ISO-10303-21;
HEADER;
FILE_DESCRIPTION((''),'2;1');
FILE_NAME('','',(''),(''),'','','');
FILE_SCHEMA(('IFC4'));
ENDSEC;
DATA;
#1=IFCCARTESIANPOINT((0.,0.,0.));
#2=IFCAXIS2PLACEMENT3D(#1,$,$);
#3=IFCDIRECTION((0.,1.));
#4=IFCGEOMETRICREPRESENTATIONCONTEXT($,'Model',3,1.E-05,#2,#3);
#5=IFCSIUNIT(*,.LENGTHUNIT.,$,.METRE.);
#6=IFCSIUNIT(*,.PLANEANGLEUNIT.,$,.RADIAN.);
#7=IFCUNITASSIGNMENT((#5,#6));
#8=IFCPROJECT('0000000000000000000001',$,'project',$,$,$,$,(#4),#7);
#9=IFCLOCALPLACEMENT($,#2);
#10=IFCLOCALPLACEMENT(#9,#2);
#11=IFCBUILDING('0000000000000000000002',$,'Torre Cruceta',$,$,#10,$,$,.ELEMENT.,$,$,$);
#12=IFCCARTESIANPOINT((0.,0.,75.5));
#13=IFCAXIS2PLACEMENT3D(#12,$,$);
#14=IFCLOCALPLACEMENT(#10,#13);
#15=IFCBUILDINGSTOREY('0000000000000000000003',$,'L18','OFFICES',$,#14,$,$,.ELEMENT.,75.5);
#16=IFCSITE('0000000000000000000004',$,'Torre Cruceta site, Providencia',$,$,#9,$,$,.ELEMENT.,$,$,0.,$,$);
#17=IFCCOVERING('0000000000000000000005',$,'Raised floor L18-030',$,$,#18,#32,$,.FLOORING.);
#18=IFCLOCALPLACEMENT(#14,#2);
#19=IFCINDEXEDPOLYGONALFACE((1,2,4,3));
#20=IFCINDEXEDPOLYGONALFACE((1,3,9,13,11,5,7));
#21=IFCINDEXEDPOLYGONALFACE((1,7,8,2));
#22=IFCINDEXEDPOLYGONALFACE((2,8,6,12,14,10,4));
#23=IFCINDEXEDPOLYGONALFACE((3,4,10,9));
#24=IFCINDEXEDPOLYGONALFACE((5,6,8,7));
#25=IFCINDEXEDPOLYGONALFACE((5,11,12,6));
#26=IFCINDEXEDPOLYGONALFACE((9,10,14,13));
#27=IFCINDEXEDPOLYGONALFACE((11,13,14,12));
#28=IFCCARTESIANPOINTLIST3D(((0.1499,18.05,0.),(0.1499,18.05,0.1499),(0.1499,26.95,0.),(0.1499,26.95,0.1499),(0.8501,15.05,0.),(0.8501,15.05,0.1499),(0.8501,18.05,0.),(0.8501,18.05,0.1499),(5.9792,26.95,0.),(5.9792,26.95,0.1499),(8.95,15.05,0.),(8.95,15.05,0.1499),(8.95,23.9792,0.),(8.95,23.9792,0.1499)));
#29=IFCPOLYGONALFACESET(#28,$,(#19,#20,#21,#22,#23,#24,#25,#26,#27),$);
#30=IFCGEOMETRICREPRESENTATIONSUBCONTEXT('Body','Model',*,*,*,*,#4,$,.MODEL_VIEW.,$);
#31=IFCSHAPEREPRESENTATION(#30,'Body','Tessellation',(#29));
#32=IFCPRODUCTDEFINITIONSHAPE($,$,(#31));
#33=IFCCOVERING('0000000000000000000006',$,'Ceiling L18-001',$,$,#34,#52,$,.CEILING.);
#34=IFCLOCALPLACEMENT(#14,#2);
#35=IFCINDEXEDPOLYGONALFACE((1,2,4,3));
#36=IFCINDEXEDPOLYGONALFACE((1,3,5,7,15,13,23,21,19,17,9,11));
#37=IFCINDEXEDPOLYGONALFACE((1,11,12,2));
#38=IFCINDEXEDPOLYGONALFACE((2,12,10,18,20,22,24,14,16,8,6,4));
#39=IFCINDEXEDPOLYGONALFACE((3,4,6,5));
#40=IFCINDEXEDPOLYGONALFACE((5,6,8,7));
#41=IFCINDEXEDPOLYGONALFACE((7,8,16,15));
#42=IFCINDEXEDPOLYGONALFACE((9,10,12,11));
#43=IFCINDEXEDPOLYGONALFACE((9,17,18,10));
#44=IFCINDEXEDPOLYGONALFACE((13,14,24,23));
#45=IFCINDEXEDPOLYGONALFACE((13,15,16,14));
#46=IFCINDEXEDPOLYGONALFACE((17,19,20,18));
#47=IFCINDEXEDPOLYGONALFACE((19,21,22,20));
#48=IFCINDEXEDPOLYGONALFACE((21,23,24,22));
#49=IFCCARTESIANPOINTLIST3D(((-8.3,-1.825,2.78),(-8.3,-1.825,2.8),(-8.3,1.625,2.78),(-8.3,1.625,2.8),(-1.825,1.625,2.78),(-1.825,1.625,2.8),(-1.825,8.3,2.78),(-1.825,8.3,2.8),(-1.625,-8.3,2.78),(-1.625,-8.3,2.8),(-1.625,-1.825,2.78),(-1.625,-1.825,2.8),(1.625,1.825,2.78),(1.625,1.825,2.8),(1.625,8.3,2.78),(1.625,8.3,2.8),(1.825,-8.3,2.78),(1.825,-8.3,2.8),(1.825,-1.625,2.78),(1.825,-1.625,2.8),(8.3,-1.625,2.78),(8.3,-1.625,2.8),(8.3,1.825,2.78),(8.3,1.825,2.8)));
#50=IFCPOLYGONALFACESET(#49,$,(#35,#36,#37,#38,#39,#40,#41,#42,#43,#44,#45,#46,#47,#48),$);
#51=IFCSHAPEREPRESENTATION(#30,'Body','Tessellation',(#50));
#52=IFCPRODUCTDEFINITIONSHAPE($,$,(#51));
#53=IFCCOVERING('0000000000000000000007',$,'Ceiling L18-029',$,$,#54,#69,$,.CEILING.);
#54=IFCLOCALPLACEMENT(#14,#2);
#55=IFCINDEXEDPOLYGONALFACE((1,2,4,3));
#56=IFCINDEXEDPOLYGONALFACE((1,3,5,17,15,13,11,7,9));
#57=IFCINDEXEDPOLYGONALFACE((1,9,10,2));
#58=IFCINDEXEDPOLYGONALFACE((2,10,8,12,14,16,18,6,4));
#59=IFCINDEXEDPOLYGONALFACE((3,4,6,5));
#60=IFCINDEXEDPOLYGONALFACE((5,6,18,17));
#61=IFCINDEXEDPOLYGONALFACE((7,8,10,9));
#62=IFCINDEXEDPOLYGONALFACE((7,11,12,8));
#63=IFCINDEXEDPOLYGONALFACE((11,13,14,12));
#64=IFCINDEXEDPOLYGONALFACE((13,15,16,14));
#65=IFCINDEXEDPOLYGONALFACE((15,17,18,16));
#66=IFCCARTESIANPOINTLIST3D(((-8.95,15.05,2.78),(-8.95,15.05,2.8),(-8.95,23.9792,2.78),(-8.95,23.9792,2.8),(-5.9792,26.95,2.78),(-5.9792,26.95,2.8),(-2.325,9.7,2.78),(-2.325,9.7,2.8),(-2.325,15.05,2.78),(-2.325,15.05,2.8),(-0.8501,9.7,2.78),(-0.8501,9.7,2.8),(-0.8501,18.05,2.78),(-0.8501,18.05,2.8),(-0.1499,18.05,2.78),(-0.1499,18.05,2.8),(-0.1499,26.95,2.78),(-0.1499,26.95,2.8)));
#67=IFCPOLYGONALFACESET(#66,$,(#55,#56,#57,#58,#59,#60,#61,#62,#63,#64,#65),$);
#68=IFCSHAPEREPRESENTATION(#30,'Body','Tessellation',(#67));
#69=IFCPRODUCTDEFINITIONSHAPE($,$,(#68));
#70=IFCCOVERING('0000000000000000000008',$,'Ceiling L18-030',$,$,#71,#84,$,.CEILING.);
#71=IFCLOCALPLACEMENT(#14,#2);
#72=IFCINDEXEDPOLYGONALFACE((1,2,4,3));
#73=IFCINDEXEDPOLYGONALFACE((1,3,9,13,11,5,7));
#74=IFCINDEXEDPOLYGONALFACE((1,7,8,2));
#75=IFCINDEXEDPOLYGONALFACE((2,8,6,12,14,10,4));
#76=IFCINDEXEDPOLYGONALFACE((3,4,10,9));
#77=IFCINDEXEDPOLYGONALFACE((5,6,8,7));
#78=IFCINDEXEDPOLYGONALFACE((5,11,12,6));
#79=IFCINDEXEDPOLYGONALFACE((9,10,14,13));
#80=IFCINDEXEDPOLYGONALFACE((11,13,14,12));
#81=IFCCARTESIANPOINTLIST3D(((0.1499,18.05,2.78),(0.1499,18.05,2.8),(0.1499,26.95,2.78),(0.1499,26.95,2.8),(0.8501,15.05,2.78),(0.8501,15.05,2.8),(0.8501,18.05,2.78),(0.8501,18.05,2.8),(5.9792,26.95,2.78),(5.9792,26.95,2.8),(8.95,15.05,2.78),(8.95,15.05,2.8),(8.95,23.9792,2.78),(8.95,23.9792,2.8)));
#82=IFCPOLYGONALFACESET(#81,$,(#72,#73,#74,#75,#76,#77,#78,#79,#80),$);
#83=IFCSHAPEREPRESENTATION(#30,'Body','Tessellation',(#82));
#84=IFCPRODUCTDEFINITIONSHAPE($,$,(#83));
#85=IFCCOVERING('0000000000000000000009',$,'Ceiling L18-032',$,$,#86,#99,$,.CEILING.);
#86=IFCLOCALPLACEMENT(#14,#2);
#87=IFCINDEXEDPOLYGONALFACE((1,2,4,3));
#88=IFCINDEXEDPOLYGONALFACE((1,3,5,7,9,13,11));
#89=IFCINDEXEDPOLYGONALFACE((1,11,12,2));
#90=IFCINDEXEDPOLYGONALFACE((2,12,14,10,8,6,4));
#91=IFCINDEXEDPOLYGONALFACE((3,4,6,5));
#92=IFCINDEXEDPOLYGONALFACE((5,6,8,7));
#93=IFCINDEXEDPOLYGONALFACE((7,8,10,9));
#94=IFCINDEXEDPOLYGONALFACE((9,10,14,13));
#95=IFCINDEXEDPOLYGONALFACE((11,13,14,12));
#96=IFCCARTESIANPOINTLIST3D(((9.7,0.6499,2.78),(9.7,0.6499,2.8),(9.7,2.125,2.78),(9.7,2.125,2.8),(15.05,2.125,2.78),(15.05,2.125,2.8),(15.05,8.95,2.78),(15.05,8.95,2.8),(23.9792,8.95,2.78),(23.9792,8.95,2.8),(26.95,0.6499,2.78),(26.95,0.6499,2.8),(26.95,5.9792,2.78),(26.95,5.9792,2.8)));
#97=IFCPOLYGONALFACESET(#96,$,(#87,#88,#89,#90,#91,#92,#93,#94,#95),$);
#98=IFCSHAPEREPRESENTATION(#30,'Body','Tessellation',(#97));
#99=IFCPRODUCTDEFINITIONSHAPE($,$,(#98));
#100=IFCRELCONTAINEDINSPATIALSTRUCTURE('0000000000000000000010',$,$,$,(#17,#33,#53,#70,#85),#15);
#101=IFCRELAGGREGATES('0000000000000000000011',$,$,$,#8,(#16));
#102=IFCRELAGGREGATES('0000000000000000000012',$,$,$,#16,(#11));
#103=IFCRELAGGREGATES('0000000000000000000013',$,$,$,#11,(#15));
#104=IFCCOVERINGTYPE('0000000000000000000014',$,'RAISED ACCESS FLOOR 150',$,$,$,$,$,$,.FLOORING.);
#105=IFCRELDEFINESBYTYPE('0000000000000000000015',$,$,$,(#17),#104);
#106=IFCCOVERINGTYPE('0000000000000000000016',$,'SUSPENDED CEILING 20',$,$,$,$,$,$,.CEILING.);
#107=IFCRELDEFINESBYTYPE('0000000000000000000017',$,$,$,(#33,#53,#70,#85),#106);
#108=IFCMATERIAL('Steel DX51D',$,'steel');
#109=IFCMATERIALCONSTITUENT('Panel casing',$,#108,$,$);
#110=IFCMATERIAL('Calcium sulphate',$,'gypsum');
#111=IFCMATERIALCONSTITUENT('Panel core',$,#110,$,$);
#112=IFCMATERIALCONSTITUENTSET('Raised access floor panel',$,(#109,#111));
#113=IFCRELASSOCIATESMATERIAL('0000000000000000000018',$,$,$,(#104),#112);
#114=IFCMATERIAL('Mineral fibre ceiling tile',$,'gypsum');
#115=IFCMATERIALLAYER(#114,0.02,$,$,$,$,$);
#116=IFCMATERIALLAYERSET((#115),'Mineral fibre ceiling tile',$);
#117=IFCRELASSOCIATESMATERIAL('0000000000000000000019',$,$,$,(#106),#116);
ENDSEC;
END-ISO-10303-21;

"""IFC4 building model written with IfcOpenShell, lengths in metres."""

from ifc_helpers import new_model, si_unit, direction, frame, origin, place, context, subcontext, project, spatial, polyline, outline, extrude, material, layer, layer_set, constituent, constituent_set, type_object, element, save


model = new_model("IFC4")

# Units and contexts
model_context = context("Model", 3, precision=1e-05, world=origin(), true_north=direction((0.0, 1.0)))
body_context = subcontext(model_context, "Body", "Model", "MODEL_VIEW")
ifc_project = project(units=[si_unit("LENGTHUNIT", "METRE"), si_unit("PLANEANGLEUNIT", "RADIAN")], contexts=[model_context])

# Site, building, storey
site_placement = place(None, origin())
site = spatial("IfcSite", under=ifc_project, at=site_placement, Name="Torre Cruceta site, Providencia", CompositionType="ELEMENT", RefElevation=0.0)
building_placement = place(site_placement, origin())
building = spatial("IfcBuilding", under=site, at=building_placement, Name="Torre Cruceta", CompositionType="ELEMENT")
storey_placement = place(building_placement, frame((0.0, 0.0, 75.5)))
storey = spatial("IfcBuildingStorey", under=building, at=storey_placement, Name="L18", Description="OFFICES", CompositionType="ELEMENT", Elevation=75.5)

# Coverings
ifc_material_1 = material(Name="Steel DX51D", Category="steel")
ifc_constituent_1 = constituent(ifc_material_1, Name="Panel casing")
ifc_material_2 = material(Name="Calcium sulphate", Category="gypsum")
ifc_constituent_2 = constituent(ifc_material_2, Name="Panel core")
ifc_constituent_set_1 = constituent_set(constituents=[ifc_constituent_1, ifc_constituent_2], Name="Raised access floor panel")
covering_type_1 = type_object("IfcCoveringType", Name="RAISED ACCESS FLOOR 150", PredefinedType="FLOORING", material=ifc_constituent_set_1)
covering_1_placement = place(storey_placement, origin())
element("IfcCovering", 1, at=covering_1_placement, inside=storey, type_object=covering_type_1, Name="Raised floor L18-030", PredefinedType="FLOORING", context=body_context, shape_type="SweptSolid", body=[
    extrude(outline(polyline([(5.9792, 26.95), (8.95, 23.9792), (8.95, 15.05), (0.8501, 15.05), (0.8501, 18.05), (0.1499, 18.05), (0.1499, 26.95), (5.9792, 26.95)])), origin(), (0.0, 0.0, 1.0), 0.1499),
])
ifc_material_3 = material(Name="Mineral fibre ceiling tile", Category="gypsum")
ifc_layer_1 = layer(ifc_material_3, 0.02)
ifc_layer_set_1 = layer_set([ifc_layer_1], Name="Mineral fibre ceiling tile")
covering_type_2 = type_object("IfcCoveringType", Name="SUSPENDED CEILING 20", PredefinedType="CEILING", material=ifc_layer_set_1)
covering_2_placement = place(storey_placement, frame((0.0, 0.0, 2.78)))
element("IfcCovering", 2, at=covering_2_placement, inside=storey, type_object=covering_type_2, Name="Ceiling L18-001", PredefinedType="CEILING", context=body_context, shape_type="SweptSolid", body=[
    extrude(outline(polyline([(-1.625, -8.3), (-1.625, -1.825), (-8.3, -1.825), (-8.3, 1.625), (-1.825, 1.625), (-1.825, 8.3), (1.625, 8.3), (1.625, 1.825), (8.3, 1.825), (8.3, -1.625), (1.825, -1.625), (1.825, -8.3), (-1.625, -8.3)])), origin(), (0.0, 0.0, 1.0), 0.02),
])
covering_3_placement = place(storey_placement, frame((0.0, 0.0, 2.78)))
element("IfcCovering", 3, at=covering_3_placement, inside=storey, type_object=covering_type_2, Name="Ceiling L18-029", PredefinedType="CEILING", context=body_context, shape_type="SweptSolid", body=[
    extrude(outline(polyline([(-0.1499, 26.95), (-0.1499, 18.05), (-0.8501, 18.05), (-0.8501, 9.7), (-2.325, 9.7), (-2.325, 15.05), (-8.95, 15.05), (-8.95, 23.9792), (-5.9792, 26.95), (-0.1499, 26.95)])), origin(), (0.0, 0.0, 1.0), 0.02),
])
covering_4_placement = place(storey_placement, frame((0.0, 0.0, 2.78)))
element("IfcCovering", 4, at=covering_4_placement, inside=storey, type_object=covering_type_2, Name="Ceiling L18-030", PredefinedType="CEILING", context=body_context, shape_type="SweptSolid", body=[
    extrude(outline(polyline([(5.9792, 26.95), (8.95, 23.9792), (8.95, 15.05), (0.8501, 15.05), (0.8501, 18.05), (0.1499, 18.05), (0.1499, 26.95), (5.9792, 26.95)])), origin(), (0.0, 0.0, 1.0), 0.02),
])
covering_5_placement = place(storey_placement, frame((0.0, 0.0, 2.78)))
element("IfcCovering", 5, at=covering_5_placement, inside=storey, type_object=covering_type_2, Name="Ceiling L18-032", PredefinedType="CEILING", context=body_context, shape_type="SweptSolid", body=[
    extrude(outline(polyline([(26.95, 5.9792), (26.95, 0.6499), (9.7, 0.6499), (9.7, 2.125), (15.05, 2.125), (15.05, 8.95), (23.9792, 8.95), (26.95, 5.9792)])), origin(), (0.0, 0.0, 1.0), 0.02),
])

save(model, "model.ifc")
